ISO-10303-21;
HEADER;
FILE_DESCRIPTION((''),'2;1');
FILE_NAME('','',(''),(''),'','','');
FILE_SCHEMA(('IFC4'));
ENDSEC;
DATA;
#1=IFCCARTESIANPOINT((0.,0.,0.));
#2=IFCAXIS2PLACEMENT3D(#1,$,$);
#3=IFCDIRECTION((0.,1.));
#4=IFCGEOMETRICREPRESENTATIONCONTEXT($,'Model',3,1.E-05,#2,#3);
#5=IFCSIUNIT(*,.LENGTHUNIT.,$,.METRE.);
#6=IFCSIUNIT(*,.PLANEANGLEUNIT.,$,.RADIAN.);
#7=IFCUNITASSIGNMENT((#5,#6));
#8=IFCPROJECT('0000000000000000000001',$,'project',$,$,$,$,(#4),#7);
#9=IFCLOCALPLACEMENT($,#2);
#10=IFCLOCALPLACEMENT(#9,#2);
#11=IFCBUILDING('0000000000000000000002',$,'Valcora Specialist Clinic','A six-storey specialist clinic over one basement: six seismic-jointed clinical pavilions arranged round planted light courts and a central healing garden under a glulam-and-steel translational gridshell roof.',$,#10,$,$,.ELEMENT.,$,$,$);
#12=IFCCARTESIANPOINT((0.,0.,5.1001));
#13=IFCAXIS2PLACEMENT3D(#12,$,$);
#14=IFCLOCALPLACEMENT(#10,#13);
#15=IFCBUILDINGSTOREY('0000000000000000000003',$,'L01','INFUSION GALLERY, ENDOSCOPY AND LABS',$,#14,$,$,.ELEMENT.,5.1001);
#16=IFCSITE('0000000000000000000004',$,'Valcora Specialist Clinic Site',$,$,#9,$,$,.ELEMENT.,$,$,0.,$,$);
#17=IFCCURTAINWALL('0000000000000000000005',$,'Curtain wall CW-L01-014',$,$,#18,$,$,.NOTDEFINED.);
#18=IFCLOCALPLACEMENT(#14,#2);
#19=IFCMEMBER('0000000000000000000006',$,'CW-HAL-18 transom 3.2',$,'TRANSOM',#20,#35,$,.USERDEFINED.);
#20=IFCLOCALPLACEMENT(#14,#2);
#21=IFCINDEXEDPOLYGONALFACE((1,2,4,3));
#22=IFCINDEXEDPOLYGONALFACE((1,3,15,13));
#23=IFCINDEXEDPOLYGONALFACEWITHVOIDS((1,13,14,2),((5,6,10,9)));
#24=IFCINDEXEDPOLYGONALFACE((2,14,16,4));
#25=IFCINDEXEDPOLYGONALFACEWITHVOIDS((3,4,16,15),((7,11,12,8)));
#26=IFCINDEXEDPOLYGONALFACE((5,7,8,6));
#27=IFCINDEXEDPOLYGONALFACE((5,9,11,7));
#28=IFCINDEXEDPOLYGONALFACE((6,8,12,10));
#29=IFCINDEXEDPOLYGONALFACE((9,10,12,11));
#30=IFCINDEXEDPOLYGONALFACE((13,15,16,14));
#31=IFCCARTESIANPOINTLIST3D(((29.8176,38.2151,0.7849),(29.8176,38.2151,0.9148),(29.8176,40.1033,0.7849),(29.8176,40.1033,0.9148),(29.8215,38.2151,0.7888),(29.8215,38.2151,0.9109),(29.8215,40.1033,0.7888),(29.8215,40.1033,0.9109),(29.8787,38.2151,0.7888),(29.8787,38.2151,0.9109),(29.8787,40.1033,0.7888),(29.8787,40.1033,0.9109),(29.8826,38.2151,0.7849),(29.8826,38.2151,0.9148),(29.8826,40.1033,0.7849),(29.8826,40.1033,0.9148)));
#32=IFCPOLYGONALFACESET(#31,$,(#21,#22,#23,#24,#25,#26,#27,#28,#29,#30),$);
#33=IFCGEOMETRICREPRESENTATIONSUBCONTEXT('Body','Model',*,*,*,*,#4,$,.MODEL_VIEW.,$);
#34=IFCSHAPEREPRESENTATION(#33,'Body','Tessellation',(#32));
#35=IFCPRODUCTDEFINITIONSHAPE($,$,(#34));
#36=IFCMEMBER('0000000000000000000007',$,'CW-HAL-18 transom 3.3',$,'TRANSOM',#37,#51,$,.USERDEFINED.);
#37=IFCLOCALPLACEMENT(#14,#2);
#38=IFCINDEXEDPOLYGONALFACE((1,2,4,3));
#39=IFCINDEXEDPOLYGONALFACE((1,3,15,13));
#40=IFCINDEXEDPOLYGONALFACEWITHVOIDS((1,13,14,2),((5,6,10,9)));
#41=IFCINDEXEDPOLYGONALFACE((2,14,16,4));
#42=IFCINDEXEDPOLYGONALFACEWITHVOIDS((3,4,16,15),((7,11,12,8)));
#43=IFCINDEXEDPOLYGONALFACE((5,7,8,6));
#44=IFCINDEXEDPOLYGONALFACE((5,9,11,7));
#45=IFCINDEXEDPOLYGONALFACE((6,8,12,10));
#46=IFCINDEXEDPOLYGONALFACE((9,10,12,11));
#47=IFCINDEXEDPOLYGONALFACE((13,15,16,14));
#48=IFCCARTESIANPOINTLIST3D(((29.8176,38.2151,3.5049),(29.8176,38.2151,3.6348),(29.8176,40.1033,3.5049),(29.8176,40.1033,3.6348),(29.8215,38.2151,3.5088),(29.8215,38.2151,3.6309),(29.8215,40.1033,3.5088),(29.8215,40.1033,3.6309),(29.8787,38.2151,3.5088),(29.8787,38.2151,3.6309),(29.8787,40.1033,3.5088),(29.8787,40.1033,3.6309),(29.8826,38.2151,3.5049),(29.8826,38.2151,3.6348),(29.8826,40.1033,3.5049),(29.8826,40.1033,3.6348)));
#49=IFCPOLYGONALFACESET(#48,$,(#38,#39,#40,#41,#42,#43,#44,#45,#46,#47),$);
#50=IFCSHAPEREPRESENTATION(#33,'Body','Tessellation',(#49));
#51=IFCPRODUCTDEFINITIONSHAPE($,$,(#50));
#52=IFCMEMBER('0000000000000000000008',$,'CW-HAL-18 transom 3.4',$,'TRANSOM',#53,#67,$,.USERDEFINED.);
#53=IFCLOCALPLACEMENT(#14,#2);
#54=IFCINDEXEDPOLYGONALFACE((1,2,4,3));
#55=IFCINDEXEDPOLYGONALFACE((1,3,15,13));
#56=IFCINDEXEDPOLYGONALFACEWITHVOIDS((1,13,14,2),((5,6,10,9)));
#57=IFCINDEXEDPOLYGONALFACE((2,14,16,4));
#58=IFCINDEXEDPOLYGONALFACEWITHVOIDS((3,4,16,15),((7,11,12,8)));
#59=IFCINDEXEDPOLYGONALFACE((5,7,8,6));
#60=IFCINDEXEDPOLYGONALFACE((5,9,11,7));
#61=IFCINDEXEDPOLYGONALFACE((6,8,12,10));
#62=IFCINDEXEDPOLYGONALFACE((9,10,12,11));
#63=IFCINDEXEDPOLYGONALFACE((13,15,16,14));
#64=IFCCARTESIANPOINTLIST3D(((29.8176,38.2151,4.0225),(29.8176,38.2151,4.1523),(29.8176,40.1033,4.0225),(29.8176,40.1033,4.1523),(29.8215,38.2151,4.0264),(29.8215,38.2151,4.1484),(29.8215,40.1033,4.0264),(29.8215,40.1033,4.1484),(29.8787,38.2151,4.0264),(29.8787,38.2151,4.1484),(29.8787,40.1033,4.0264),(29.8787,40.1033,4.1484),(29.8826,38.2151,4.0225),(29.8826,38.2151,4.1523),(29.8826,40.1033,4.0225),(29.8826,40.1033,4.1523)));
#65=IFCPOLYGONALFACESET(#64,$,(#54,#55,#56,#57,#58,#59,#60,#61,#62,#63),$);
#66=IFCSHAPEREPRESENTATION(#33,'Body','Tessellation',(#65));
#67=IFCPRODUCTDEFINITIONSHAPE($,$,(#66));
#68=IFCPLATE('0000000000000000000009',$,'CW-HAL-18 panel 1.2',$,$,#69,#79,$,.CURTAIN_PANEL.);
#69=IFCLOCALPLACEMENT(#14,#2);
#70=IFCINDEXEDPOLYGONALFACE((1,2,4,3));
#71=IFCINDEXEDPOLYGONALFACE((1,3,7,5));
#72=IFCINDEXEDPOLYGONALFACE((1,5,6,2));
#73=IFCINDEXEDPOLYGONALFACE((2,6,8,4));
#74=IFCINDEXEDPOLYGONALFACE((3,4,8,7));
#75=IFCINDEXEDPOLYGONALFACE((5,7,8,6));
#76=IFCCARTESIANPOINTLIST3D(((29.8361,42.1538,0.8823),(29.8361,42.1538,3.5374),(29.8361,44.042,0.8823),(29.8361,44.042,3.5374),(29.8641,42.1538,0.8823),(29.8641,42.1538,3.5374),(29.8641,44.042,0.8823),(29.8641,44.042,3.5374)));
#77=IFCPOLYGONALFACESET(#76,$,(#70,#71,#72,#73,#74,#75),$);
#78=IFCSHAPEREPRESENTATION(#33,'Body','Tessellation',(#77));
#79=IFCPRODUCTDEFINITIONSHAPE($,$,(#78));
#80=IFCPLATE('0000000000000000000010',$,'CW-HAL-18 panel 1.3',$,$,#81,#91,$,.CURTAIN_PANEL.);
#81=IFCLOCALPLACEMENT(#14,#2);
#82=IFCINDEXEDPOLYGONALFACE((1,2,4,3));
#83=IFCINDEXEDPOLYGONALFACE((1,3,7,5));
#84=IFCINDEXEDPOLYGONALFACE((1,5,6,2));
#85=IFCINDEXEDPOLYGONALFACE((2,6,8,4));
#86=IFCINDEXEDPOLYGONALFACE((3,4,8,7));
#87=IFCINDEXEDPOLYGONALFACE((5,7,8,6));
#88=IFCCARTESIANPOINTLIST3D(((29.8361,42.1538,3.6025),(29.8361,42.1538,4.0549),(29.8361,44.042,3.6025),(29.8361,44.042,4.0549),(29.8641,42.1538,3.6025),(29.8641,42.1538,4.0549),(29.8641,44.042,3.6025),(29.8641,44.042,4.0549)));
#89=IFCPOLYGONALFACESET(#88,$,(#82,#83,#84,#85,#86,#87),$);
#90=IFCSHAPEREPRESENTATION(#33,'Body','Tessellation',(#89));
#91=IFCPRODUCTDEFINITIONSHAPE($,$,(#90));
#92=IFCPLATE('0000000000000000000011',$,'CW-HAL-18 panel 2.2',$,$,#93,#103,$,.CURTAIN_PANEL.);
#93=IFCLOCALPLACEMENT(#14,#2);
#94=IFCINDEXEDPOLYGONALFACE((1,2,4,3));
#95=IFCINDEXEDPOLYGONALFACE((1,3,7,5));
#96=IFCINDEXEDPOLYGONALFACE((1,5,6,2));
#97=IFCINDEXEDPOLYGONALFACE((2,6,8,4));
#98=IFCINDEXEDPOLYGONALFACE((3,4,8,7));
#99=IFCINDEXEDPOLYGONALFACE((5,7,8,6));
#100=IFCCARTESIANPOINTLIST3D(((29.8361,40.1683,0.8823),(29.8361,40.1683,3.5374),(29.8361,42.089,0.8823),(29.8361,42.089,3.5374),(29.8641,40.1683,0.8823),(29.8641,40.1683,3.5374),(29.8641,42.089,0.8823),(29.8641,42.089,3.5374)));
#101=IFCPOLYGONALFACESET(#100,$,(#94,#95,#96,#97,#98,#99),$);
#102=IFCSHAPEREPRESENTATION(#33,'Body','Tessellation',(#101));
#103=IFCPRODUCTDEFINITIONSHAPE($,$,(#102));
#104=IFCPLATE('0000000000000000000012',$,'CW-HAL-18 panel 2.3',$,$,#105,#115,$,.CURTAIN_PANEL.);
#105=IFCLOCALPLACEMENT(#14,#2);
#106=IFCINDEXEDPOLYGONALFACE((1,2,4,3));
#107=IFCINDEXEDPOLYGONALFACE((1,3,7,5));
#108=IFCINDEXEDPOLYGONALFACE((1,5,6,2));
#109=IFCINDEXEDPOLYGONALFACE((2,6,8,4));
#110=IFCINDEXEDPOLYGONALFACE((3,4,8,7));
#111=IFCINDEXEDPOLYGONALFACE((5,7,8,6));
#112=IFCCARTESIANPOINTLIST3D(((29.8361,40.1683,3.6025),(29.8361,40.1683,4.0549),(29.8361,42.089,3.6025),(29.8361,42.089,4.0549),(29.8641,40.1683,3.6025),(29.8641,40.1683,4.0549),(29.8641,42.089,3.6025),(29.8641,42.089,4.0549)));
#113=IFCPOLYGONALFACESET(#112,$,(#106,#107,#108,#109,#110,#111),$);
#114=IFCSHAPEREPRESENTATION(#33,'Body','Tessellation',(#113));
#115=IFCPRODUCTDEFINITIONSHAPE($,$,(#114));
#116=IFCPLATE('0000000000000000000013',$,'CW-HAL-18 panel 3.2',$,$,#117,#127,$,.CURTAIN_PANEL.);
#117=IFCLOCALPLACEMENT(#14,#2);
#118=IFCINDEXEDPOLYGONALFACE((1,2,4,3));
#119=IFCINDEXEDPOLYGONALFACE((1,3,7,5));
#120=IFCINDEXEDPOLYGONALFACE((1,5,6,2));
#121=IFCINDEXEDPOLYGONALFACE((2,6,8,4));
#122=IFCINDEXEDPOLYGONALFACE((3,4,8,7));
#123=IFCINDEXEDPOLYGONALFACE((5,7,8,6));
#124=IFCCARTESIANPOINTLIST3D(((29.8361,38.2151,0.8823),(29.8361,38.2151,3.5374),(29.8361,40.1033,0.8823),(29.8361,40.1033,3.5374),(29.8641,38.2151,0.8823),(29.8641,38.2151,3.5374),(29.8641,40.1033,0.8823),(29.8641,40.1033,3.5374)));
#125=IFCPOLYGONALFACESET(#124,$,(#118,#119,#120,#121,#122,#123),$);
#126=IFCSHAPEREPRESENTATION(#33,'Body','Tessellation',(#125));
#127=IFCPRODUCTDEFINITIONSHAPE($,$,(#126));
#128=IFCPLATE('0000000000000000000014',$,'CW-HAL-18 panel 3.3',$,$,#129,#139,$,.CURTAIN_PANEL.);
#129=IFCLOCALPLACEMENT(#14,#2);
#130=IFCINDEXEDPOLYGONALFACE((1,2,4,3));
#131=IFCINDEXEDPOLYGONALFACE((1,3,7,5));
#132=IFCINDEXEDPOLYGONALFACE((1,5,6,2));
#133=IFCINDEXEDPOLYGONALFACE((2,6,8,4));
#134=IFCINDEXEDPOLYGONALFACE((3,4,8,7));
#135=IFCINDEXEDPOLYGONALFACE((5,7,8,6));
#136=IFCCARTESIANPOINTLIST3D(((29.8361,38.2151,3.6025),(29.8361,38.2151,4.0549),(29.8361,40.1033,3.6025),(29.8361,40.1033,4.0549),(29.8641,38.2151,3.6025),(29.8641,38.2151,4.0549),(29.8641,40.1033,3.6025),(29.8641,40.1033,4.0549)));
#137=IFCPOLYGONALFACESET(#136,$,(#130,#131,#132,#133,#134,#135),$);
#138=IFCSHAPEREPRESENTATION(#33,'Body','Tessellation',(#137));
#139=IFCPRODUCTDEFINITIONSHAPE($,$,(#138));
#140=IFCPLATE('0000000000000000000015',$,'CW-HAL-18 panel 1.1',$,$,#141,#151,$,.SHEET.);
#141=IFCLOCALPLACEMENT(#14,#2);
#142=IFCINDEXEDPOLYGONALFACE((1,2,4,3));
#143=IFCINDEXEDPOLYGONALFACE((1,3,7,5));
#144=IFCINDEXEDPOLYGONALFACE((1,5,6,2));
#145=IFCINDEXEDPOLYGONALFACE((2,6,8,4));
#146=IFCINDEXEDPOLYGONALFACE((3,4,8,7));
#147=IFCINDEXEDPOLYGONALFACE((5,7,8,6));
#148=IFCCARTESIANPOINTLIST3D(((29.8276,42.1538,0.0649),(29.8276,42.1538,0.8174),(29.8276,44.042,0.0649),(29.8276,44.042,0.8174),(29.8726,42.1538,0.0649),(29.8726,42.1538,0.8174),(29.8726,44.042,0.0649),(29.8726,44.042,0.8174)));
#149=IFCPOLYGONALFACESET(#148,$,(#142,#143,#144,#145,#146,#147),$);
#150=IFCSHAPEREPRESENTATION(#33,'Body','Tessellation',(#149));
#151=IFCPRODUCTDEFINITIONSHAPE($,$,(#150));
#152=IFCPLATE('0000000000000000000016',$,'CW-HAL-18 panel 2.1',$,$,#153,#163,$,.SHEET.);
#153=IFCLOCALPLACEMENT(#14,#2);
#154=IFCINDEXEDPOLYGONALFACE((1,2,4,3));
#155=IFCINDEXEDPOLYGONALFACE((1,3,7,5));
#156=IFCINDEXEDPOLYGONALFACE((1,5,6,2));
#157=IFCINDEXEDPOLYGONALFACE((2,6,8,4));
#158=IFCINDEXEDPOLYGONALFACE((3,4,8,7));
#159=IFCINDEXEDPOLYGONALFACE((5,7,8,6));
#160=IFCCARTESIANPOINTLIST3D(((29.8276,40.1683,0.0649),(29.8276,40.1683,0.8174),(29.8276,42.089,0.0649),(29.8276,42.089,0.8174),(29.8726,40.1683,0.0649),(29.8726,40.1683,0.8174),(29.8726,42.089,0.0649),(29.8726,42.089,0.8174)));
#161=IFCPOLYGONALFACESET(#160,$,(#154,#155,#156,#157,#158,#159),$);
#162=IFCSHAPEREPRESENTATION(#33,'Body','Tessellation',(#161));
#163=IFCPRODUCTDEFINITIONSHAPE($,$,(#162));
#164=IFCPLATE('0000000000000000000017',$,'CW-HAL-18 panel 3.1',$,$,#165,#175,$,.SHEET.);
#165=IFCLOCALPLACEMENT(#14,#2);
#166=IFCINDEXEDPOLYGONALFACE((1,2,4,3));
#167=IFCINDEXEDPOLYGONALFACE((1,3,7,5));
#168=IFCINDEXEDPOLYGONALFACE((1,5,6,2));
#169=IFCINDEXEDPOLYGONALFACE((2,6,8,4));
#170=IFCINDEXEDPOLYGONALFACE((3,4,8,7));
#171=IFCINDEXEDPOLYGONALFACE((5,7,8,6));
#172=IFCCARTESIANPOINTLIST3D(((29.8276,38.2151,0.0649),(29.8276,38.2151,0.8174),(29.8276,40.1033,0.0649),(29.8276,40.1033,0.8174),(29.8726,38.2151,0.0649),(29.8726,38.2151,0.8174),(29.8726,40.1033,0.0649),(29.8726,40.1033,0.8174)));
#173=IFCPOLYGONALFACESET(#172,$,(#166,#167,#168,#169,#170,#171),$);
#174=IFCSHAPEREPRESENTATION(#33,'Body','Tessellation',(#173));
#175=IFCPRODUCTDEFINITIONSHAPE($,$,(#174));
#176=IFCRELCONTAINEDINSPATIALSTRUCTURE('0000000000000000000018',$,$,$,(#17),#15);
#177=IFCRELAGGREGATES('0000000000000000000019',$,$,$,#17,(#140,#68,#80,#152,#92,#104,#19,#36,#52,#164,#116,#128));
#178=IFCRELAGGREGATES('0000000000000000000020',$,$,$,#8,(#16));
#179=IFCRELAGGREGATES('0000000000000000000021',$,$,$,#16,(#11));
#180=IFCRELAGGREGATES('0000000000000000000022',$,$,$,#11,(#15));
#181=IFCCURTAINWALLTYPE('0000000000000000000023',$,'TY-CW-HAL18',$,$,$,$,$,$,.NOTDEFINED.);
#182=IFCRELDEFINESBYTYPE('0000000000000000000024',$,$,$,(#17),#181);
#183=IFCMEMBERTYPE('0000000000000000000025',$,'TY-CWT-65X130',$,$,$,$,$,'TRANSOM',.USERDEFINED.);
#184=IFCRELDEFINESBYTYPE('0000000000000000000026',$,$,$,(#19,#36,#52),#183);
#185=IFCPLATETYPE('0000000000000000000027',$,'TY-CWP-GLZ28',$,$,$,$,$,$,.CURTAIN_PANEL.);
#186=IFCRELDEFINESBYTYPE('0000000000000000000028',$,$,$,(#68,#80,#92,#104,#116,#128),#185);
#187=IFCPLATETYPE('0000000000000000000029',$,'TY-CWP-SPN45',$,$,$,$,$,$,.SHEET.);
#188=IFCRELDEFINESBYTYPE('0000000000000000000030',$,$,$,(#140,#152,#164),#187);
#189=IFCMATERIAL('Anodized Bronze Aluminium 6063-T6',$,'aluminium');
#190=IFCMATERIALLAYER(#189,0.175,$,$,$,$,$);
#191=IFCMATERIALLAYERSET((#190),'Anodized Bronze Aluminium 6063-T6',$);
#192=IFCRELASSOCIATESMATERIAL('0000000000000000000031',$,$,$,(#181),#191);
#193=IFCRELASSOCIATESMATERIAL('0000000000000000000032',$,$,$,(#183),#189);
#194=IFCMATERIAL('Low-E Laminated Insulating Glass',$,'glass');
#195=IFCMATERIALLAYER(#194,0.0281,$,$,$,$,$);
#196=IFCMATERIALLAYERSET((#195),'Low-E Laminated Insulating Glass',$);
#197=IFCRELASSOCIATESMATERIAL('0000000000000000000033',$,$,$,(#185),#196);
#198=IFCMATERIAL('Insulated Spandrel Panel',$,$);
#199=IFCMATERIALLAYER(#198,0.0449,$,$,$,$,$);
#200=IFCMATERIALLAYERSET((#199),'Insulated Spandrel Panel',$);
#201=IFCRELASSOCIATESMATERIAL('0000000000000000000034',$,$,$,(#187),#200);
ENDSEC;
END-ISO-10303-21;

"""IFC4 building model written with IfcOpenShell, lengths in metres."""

from ifc_helpers import new_model, si_unit, direction, frame, origin, origin_2d, place, context, subcontext, project, spatial, rectangle, hollow_rectangle, extrude, material, layer, layer_set, material_profile, profile_set, type_object, element, aggregate, save


model = new_model("IFC4")

# Units and contexts
model_context = context("Model", 3, precision=1e-05, world=origin(), true_north=direction((0.0, 1.0)))
body_context = subcontext(model_context, "Body", "Model", "MODEL_VIEW")
ifc_project = project(units=[si_unit("LENGTHUNIT", "METRE"), si_unit("PLANEANGLEUNIT", "RADIAN")], contexts=[model_context])

# Site, building, storey
site_placement = place(None, origin())
site = spatial("IfcSite", under=ifc_project, at=site_placement, Name="Valcora Specialist Clinic Site", CompositionType="ELEMENT", RefElevation=0.0)
building_placement = place(site_placement, origin())
building = spatial("IfcBuilding", under=site, at=building_placement, Name="Valcora Specialist Clinic", Description="A six-storey specialist clinic over one basement: six seismic-jointed clinical pavilions arranged round planted light courts and a central healing garden under a glulam-and-steel translational gridshell roof.", CompositionType="ELEMENT")
storey_placement = place(building_placement, frame((0.0, 0.0, 5.1001)))
storey = spatial("IfcBuildingStorey", under=building, at=storey_placement, Name="L01", Description="INFUSION GALLERY, ENDOSCOPY AND LABS", CompositionType="ELEMENT", Elevation=5.1001)

# Curtain wall, members, plates
ifc_material_1 = material(Name="Anodized Bronze Aluminium 6063-T6", Category="aluminium")
ifc_layer_1 = layer(ifc_material_1, 0.175)
ifc_layer_set_1 = layer_set([ifc_layer_1], Name="Anodized Bronze Aluminium 6063-T6")
curtain_wall_type = type_object("IfcCurtainWallType", Name="TY-CW-HAL18", PredefinedType="NOTDEFINED", material=ifc_layer_set_1)
curtain_wall_placement = place(storey_placement, origin())
curtain_wall = element("IfcCurtainWall", 1, at=curtain_wall_placement, inside=storey, type_object=curtain_wall_type, Name="Curtain wall CW-L01-014", PredefinedType="NOTDEFINED")
ifc_material_profile_1 = material_profile(ifc_material_1, hollow_rectangle(XDim=0.0649, YDim=0.1299, WallThickness=0.0039, at=origin_2d()), Name="AL-TRN-65X130")
ifc_profile_set_1 = profile_set([ifc_material_profile_1], Name="Anodized Bronze Aluminium 6063-T6")
member_type_1 = type_object("IfcMemberType", Name="TY-CWT-65X130", ElementType="TRANSOM", PredefinedType="USERDEFINED", material=ifc_profile_set_1)
member_1_placement = place(storey_placement, frame((29.8501, 40.1033, 0.8499), z_axis=(0.0, -1.0, 0.0), x_axis=(1.0, 0.0, 0.0)))
member_1 = element("IfcMember", 2, at=member_1_placement, type_object=member_type_1, Name="CW-HAL-18 transom 3.2", ObjectType="TRANSOM", PredefinedType="USERDEFINED", context=body_context, shape_type="SweptSolid", body=[
    extrude(hollow_rectangle(XDim=0.0649, YDim=0.1299, WallThickness=0.0039, at=origin_2d()), origin(), (0.0, 0.0, 1.0), 1.8882),
])
member_2_placement = place(storey_placement, frame((29.8501, 40.1033, 3.5698), z_axis=(0.0, -1.0, 0.0), x_axis=(1.0, 0.0, 0.0)))
member_2 = element("IfcMember", 3, at=member_2_placement, type_object=member_type_1, Name="CW-HAL-18 transom 3.3", ObjectType="TRANSOM", PredefinedType="USERDEFINED", context=body_context, shape_type="SweptSolid", body=[
    extrude(hollow_rectangle(XDim=0.0649, YDim=0.1299, WallThickness=0.0039, at=origin_2d()), origin(), (0.0, 0.0, 1.0), 1.8882),
])
member_3_placement = place(storey_placement, frame((29.8501, 40.1033, 4.0874), z_axis=(0.0, -1.0, 0.0), x_axis=(1.0, 0.0, 0.0)))
member_3 = element("IfcMember", 4, at=member_3_placement, type_object=member_type_1, Name="CW-HAL-18 transom 3.4", ObjectType="TRANSOM", PredefinedType="USERDEFINED", context=body_context, shape_type="SweptSolid", body=[
    extrude(hollow_rectangle(XDim=0.0649, YDim=0.1299, WallThickness=0.0039, at=origin_2d()), origin(), (0.0, 0.0, 1.0), 1.8882),
])
ifc_material_2 = material(Name="Low-E Laminated Insulating Glass", Category="glass")
ifc_layer_2 = layer(ifc_material_2, 0.0281)
ifc_layer_set_2 = layer_set([ifc_layer_2], Name="Low-E Laminated Insulating Glass")
plate_type_1 = type_object("IfcPlateType", Name="TY-CWP-GLZ28", PredefinedType="CURTAIN_PANEL", material=ifc_layer_set_2)
plate_1_placement = place(storey_placement, frame((29.8501, 43.0979, 0.8823), z_axis=(0.0, 0.0, 1.0), x_axis=(0.0, -1.0, 0.0)))
plate_1 = element("IfcPlate", 5, at=plate_1_placement, type_object=plate_type_1, Name="CW-HAL-18 panel 1.2", PredefinedType="CURTAIN_PANEL", context=body_context, shape_type="SweptSolid", body=[
    extrude(rectangle(XDim=1.8882, YDim=0.0281, at=origin_2d()), origin(), (0.0, 0.0, 1.0), 2.655),
])
plate_2_placement = place(storey_placement, frame((29.8501, 43.0979, 3.6025), z_axis=(0.0, 0.0, 1.0), x_axis=(0.0, -1.0, 0.0)))
plate_2 = element("IfcPlate", 6, at=plate_2_placement, type_object=plate_type_1, Name="CW-HAL-18 panel 1.3", PredefinedType="CURTAIN_PANEL", context=body_context, shape_type="SweptSolid", body=[
    extrude(rectangle(XDim=1.8882, YDim=0.0281, at=origin_2d()), origin(), (0.0, 0.0, 1.0), 0.4524),
])
plate_3_placement = place(storey_placement, frame((29.8501, 41.1287, 0.8823), z_axis=(0.0, 0.0, 1.0), x_axis=(0.0, -1.0, 0.0)))
plate_3 = element("IfcPlate", 7, at=plate_3_placement, type_object=plate_type_1, Name="CW-HAL-18 panel 2.2", PredefinedType="CURTAIN_PANEL", context=body_context, shape_type="SweptSolid", body=[
    extrude(rectangle(XDim=1.9207, YDim=0.0281, at=origin_2d()), origin(), (0.0, 0.0, 1.0), 2.655),
])
plate_4_placement = place(storey_placement, frame((29.8501, 41.1287, 3.6025), z_axis=(0.0, 0.0, 1.0), x_axis=(0.0, -1.0, 0.0)))
plate_4 = element("IfcPlate", 8, at=plate_4_placement, type_object=plate_type_1, Name="CW-HAL-18 panel 2.3", PredefinedType="CURTAIN_PANEL", context=body_context, shape_type="SweptSolid", body=[
    extrude(rectangle(XDim=1.9207, YDim=0.0281, at=origin_2d()), origin(), (0.0, 0.0, 1.0), 0.4524),
])
plate_5_placement = place(storey_placement, frame((29.8501, 39.1592, 0.8823), z_axis=(0.0, 0.0, 1.0), x_axis=(0.0, -1.0, 0.0)))
plate_5 = element("IfcPlate", 9, at=plate_5_placement, type_object=plate_type_1, Name="CW-HAL-18 panel 3.2", PredefinedType="CURTAIN_PANEL", context=body_context, shape_type="SweptSolid", body=[
    extrude(rectangle(XDim=1.8882, YDim=0.0281, at=origin_2d()), origin(), (0.0, 0.0, 1.0), 2.655),
])
plate_6_placement = place(storey_placement, frame((29.8501, 39.1592, 3.6025), z_axis=(0.0, 0.0, 1.0), x_axis=(0.0, -1.0, 0.0)))
plate_6 = element("IfcPlate", 10, at=plate_6_placement, type_object=plate_type_1, Name="CW-HAL-18 panel 3.3", PredefinedType="CURTAIN_PANEL", context=body_context, shape_type="SweptSolid", body=[
    extrude(rectangle(XDim=1.8882, YDim=0.0281, at=origin_2d()), origin(), (0.0, 0.0, 1.0), 0.4524),
])
ifc_material_3 = material(Name="Insulated Spandrel Panel")
ifc_layer_3 = layer(ifc_material_3, 0.0449)
ifc_layer_set_3 = layer_set([ifc_layer_3], Name="Insulated Spandrel Panel")
plate_type_2 = type_object("IfcPlateType", Name="TY-CWP-SPN45", PredefinedType="SHEET", material=ifc_layer_set_3)
plate_7_placement = place(storey_placement, frame((29.8501, 43.0979, 0.0649), z_axis=(0.0, 0.0, 1.0), x_axis=(0.0, -1.0, 0.0)))
plate_7 = element("IfcPlate", 11, at=plate_7_placement, type_object=plate_type_2, Name="CW-HAL-18 panel 1.1", PredefinedType="SHEET", context=body_context, shape_type="SweptSolid", body=[
    extrude(rectangle(XDim=1.8882, YDim=0.0449, at=origin_2d()), origin(), (0.0, 0.0, 1.0), 0.7524),
])
plate_8_placement = place(storey_placement, frame((29.8501, 41.1287, 0.0649), z_axis=(0.0, 0.0, 1.0), x_axis=(0.0, -1.0, 0.0)))
plate_8 = element("IfcPlate", 12, at=plate_8_placement, type_object=plate_type_2, Name="CW-HAL-18 panel 2.1", PredefinedType="SHEET", context=body_context, shape_type="SweptSolid", body=[
    extrude(rectangle(XDim=1.9207, YDim=0.0449, at=origin_2d()), origin(), (0.0, 0.0, 1.0), 0.7524),
])
plate_9_placement = place(storey_placement, frame((29.8501, 39.1592, 0.0649), z_axis=(0.0, 0.0, 1.0), x_axis=(0.0, -1.0, 0.0)))
plate_9 = element("IfcPlate", 13, at=plate_9_placement, type_object=plate_type_2, Name="CW-HAL-18 panel 3.1", PredefinedType="SHEET", context=body_context, shape_type="SweptSolid", body=[
    extrude(rectangle(XDim=1.8882, YDim=0.0449, at=origin_2d()), origin(), (0.0, 0.0, 1.0), 0.7524),
])
aggregate(curtain_wall, [plate_7, plate_1, plate_2, plate_8, plate_3, plate_4, member_1, member_2, member_3, plate_9, plate_5, plate_6])

save(model, "model.ifc")
